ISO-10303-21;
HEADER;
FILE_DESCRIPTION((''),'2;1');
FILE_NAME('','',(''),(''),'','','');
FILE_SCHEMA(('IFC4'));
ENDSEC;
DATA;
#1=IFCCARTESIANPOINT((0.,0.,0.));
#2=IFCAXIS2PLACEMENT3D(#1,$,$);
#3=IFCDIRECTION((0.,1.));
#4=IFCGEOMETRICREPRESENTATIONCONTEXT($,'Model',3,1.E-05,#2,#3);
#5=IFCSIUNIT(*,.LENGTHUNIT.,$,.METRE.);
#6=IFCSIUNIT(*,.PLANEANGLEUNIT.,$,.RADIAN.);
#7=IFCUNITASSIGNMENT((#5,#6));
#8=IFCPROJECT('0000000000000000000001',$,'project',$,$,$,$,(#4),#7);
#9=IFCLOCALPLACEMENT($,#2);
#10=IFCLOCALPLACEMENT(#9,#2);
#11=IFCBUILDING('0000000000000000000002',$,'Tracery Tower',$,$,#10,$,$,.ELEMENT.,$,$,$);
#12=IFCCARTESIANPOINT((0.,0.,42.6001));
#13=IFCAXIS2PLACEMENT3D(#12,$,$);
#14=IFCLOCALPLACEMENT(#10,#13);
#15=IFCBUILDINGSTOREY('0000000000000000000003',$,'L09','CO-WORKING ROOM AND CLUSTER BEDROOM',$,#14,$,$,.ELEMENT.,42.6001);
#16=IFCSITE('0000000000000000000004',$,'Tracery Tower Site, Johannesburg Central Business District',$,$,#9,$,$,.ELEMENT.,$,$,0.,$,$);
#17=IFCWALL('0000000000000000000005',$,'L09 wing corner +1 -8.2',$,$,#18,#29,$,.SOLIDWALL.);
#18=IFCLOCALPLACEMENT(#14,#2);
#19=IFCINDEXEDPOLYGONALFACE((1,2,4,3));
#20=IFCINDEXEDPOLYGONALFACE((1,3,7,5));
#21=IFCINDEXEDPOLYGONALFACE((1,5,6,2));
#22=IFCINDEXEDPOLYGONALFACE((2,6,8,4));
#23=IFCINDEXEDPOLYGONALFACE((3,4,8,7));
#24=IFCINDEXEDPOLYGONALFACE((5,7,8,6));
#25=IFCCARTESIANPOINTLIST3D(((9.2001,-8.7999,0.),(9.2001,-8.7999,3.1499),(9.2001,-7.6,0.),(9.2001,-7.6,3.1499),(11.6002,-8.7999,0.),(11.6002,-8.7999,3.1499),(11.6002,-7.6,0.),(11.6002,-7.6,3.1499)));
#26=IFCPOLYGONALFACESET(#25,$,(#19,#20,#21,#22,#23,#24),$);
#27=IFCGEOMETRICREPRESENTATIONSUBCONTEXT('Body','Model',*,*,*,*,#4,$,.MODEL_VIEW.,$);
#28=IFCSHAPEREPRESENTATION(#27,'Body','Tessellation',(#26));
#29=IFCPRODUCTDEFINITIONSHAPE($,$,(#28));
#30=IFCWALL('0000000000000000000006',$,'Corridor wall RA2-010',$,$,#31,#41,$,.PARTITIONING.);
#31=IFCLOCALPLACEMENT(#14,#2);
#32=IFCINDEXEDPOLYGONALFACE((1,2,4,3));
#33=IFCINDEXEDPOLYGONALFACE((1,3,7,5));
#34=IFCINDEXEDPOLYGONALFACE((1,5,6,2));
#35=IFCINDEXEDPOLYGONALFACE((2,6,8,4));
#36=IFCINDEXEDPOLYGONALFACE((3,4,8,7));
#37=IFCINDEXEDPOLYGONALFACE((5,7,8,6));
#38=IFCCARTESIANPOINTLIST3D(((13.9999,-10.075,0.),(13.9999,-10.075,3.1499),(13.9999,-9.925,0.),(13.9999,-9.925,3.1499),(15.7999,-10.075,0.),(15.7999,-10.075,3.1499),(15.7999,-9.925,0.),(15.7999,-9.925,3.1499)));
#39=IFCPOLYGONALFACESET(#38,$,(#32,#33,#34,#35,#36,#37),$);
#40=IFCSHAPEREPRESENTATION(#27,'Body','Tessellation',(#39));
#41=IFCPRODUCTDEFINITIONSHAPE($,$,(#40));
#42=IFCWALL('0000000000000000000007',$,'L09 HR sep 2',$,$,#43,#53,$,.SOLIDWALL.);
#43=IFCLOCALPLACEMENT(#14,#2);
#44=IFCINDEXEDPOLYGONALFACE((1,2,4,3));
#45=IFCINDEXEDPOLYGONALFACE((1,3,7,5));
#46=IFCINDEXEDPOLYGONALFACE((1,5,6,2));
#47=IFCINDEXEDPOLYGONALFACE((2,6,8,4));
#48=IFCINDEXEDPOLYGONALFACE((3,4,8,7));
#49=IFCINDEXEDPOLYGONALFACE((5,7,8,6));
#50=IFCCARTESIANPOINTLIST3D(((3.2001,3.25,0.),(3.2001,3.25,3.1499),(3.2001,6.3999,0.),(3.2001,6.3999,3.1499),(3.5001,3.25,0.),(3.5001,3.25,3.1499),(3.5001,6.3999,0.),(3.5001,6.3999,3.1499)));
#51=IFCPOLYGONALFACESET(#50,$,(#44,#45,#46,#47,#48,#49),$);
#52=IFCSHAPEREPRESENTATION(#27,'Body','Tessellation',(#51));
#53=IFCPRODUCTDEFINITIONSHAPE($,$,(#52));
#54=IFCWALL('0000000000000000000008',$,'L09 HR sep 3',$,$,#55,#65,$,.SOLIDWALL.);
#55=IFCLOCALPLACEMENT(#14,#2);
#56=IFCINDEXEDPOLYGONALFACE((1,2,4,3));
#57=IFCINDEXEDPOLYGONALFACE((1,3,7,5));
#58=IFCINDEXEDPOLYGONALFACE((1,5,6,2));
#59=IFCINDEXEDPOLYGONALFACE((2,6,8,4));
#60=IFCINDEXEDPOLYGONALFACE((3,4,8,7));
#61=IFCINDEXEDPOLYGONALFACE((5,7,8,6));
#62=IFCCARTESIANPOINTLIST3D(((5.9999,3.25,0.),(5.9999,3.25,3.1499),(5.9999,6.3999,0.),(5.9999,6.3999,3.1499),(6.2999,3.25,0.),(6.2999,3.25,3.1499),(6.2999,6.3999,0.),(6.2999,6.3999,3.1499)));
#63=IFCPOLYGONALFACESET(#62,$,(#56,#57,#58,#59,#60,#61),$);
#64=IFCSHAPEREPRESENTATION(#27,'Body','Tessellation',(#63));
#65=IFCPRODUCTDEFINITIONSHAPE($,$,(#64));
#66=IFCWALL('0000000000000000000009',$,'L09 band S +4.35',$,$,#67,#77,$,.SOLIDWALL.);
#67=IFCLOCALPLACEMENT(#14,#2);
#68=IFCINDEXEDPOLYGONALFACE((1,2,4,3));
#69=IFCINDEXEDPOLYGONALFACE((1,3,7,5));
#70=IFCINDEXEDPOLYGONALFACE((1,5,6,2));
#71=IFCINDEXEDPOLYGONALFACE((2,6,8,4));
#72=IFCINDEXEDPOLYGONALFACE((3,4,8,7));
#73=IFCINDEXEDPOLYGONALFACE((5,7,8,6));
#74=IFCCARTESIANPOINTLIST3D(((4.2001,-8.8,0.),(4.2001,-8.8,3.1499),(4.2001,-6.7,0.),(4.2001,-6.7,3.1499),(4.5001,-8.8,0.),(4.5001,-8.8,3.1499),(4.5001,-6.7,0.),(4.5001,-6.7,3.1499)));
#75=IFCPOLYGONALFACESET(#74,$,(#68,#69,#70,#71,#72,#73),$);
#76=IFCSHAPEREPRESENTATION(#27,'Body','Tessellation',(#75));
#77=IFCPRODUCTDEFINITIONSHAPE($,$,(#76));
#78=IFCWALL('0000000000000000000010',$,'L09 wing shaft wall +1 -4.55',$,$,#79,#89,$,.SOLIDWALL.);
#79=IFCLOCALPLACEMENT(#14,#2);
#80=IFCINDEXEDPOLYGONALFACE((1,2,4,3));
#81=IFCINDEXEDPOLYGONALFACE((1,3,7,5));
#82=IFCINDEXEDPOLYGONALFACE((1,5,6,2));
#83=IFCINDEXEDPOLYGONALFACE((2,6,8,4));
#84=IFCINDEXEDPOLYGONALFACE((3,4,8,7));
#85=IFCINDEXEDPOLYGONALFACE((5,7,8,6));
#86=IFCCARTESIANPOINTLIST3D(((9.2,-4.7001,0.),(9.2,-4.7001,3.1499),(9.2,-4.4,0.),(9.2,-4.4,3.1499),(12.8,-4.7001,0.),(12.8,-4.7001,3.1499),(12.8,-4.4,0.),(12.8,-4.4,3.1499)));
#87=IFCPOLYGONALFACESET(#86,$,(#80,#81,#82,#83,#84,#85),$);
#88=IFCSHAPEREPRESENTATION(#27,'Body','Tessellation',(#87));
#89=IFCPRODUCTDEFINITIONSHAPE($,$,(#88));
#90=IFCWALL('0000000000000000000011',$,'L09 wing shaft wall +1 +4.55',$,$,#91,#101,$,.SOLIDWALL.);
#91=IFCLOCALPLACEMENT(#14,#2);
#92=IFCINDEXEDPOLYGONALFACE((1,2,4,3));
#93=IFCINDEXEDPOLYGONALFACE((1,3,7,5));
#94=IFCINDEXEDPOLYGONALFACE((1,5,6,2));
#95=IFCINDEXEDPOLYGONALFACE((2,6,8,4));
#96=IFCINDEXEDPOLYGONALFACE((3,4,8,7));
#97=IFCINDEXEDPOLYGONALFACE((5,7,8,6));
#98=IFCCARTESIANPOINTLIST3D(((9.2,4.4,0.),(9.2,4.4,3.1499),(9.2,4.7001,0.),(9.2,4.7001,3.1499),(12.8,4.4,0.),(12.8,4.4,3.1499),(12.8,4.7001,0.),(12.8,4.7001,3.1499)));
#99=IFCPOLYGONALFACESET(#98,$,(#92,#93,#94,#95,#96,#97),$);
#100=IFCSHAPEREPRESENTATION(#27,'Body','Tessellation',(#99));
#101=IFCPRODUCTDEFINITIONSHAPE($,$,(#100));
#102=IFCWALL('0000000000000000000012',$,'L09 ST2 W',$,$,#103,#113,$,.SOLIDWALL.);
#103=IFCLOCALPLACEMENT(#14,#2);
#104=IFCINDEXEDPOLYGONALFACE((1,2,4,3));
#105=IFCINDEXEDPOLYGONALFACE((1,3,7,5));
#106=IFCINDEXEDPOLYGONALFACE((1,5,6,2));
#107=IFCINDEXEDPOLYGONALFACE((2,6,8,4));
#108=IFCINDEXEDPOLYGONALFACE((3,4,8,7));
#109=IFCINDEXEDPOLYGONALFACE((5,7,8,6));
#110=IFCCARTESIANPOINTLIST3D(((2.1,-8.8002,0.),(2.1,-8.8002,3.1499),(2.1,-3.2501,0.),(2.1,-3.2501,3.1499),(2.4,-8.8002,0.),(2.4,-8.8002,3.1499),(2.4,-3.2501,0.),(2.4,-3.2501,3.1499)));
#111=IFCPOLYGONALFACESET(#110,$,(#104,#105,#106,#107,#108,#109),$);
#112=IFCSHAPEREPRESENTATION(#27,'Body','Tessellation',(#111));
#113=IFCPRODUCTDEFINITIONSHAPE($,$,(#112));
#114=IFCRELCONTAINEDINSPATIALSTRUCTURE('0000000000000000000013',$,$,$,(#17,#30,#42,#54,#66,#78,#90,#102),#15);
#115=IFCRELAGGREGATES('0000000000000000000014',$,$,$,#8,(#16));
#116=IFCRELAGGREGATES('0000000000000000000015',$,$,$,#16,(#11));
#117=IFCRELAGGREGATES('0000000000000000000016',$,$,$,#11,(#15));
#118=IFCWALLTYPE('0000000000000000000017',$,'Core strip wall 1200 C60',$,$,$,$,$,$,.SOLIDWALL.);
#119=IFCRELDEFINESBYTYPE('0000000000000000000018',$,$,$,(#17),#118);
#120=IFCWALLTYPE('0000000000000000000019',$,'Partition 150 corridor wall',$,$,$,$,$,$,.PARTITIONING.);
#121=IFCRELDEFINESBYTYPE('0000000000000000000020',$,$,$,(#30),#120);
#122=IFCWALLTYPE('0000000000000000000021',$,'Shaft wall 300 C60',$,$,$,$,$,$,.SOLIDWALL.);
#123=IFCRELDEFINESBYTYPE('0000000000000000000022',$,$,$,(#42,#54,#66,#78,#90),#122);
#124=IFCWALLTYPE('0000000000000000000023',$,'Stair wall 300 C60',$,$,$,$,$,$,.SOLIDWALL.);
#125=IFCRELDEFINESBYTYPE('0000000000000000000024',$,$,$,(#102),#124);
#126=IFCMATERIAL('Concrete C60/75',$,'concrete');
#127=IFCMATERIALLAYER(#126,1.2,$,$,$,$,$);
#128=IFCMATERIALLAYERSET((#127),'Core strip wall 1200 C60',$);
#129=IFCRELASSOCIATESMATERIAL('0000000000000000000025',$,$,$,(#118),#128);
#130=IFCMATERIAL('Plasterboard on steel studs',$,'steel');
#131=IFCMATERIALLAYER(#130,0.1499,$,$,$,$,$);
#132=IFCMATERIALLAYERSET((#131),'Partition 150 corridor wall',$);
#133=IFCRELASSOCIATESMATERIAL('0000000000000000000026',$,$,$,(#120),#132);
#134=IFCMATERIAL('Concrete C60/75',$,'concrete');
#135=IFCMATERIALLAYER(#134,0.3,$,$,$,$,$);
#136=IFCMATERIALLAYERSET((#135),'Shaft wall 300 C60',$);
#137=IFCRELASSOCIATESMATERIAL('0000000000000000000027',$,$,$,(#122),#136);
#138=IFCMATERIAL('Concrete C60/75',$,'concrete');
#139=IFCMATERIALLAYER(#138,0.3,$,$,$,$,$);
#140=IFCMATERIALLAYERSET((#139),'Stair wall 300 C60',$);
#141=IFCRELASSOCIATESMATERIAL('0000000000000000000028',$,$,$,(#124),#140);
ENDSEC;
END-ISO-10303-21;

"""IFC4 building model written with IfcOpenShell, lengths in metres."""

from ifc_helpers import new_model, si_unit, direction, frame, frame_2d, origin, place, context, subcontext, project, spatial, rectangle, extrude, material, layer, layer_set, type_object, element, save


model = new_model("IFC4")

# Units and contexts
model_context = context("Model", 3, precision=1e-05, world=origin(), true_north=direction((0.0, 1.0)))
body_context = subcontext(model_context, "Body", "Model", "MODEL_VIEW")
ifc_project = project(units=[si_unit("LENGTHUNIT", "METRE"), si_unit("PLANEANGLEUNIT", "RADIAN")], contexts=[model_context])

# Site, building, storey
site_placement = place(None, origin())
site = spatial("IfcSite", under=ifc_project, at=site_placement, Name="Tracery Tower Site, Johannesburg Central Business District", CompositionType="ELEMENT", RefElevation=0.0)
building_placement = place(site_placement, origin())
building = spatial("IfcBuilding", under=site, at=building_placement, Name="Tracery Tower", CompositionType="ELEMENT")
storey_placement = place(building_placement, frame((0.0, 0.0, 42.6001)))
storey = spatial("IfcBuildingStorey", under=building, at=storey_placement, Name="L09", Description="CO-WORKING ROOM AND CLUSTER BEDROOM", CompositionType="ELEMENT", Elevation=42.6001)

# Wall
ifc_material_1 = material(Name="Concrete C60/75", Category="concrete")
ifc_layer_1 = layer(ifc_material_1, 1.2)
ifc_layer_set_1 = layer_set([ifc_layer_1], Name="Core strip wall 1200 C60")
wall_type_1 = type_object("IfcWallType", Name="Core strip wall 1200 C60", PredefinedType="SOLIDWALL", material=ifc_layer_set_1)
wall_1_placement = place(storey_placement, frame((9.2, -8.2, 0.0), z_axis=(0.0, 0.0, 1.0), x_axis=(1.0, 0.0, 0.0)))
element("IfcWall", 1, at=wall_1_placement, inside=storey, type_object=wall_type_1, Name="L09 wing corner +1 -8.2", PredefinedType="SOLIDWALL", context=body_context, shape_type="SweptSolid", body=[
    extrude(rectangle(XDim=2.4001, YDim=1.2, at=frame_2d((1.2002, 0.0))), origin(), (0.0, 0.0, 1.0), 3.1499),
])

# Walls
ifc_material_2 = material(Name="Plasterboard on steel studs", Category="steel")
ifc_layer_2 = layer(ifc_material_2, 0.1499)
ifc_layer_set_2 = layer_set([ifc_layer_2], Name="Partition 150 corridor wall")
wall_type_2 = type_object("IfcWallType", Name="Partition 150 corridor wall", PredefinedType="PARTITIONING", material=ifc_layer_set_2)
wall_2_placement = place(storey_placement, frame((14.0, -10.0, 0.0), z_axis=(0.0, 0.0, 1.0), x_axis=(1.0, 0.0, 0.0)))
element("IfcWall", 2, at=wall_2_placement, inside=storey, type_object=wall_type_2, Name="Corridor wall RA2-010", PredefinedType="PARTITIONING", context=body_context, shape_type="SweptSolid", body=[
    extrude(rectangle(XDim=1.8, YDim=0.1499, at=frame_2d((0.8999, 0.0))), origin(), (0.0, 0.0, 1.0), 3.1499),
])
ifc_material_3 = material(Name="Concrete C60/75", Category="concrete")
ifc_layer_3 = layer(ifc_material_3, 0.3)
ifc_layer_set_3 = layer_set([ifc_layer_3], Name="Shaft wall 300 C60")
wall_type_3 = type_object("IfcWallType", Name="Shaft wall 300 C60", PredefinedType="SOLIDWALL", material=ifc_layer_set_3)
for number, where, z_axis, x_axis, name in (
    (3, (3.3501, 3.25, 0.0), (0.0, 0.0, 1.0), (0.0, 1.0, 0.0), "L09 HR sep 2"),
    (4, (6.1499, 3.25, 0.0), (0.0, 0.0, 1.0), (0.0, 1.0, 0.0), "L09 HR sep 3"),
):
    element("IfcWall", number, at=place(storey_placement, frame(where, z_axis=z_axis, x_axis=x_axis)), inside=storey, type_object=wall_type_3, Name=name, PredefinedType="SOLIDWALL", context=body_context, shape_type="SweptSolid", body=[
        extrude(rectangle(XDim=3.1499, YDim=0.3, at=frame_2d((1.575, 0.0))), origin(), (0.0, 0.0, 1.0), 3.1499),
    ])
wall_3_placement = place(storey_placement, frame((4.3501, -8.8, 0.0), z_axis=(0.0, 0.0, 1.0), x_axis=(0.0, 1.0, 0.0)))
element("IfcWall", 5, at=wall_3_placement, inside=storey, type_object=wall_type_3, Name="L09 band S +4.35", PredefinedType="SOLIDWALL", context=body_context, shape_type="SweptSolid", body=[
    extrude(rectangle(XDim=2.1001, YDim=0.3, at=frame_2d((1.05, 0.0))), origin(), (0.0, 0.0, 1.0), 3.1499),
])
for number, where, z_axis, x_axis, name in (
    (6, (9.2, -4.55, 0.0), (0.0, 0.0, 1.0), (1.0, 0.0, 0.0), "L09 wing shaft wall +1 -4.55"),
    (7, (9.2, 4.55, 0.0), (0.0, 0.0, 1.0), (1.0, 0.0, 0.0), "L09 wing shaft wall +1 +4.55"),
):
    element("IfcWall", number, at=place(storey_placement, frame(where, z_axis=z_axis, x_axis=x_axis)), inside=storey, type_object=wall_type_3, Name=name, PredefinedType="SOLIDWALL", context=body_context, shape_type="SweptSolid", body=[
        extrude(rectangle(XDim=3.6001, YDim=0.3, at=frame_2d((1.8, 0.0))), origin(), (0.0, 0.0, 1.0), 3.1499),
    ])

# Shared definitions
ifc_material_4 = material(Name="Concrete C60/75", Category="concrete")
ifc_layer_4 = layer(ifc_material_4, 0.3)
ifc_layer_set_4 = layer_set([ifc_layer_4], Name="Stair wall 300 C60")
wall_type_4 = type_object("IfcWallType", Name="Stair wall 300 C60", PredefinedType="SOLIDWALL", material=ifc_layer_set_4)

# Wall
wall_4_placement = place(storey_placement, frame((2.25, -8.8, 0.0), z_axis=(0.0, 0.0, 1.0), x_axis=(0.0, 1.0, 0.0)))
element("IfcWall", 8, at=wall_4_placement, inside=storey, type_object=wall_type_4, Name="L09 ST2 W", PredefinedType="SOLIDWALL", context=body_context, shape_type="SweptSolid", body=[
    extrude(rectangle(XDim=5.55, YDim=0.3, at=frame_2d((2.7749, 0.0))), origin(), (0.0, 0.0, 1.0), 3.1499),
])

save(model, "model.ifc")
